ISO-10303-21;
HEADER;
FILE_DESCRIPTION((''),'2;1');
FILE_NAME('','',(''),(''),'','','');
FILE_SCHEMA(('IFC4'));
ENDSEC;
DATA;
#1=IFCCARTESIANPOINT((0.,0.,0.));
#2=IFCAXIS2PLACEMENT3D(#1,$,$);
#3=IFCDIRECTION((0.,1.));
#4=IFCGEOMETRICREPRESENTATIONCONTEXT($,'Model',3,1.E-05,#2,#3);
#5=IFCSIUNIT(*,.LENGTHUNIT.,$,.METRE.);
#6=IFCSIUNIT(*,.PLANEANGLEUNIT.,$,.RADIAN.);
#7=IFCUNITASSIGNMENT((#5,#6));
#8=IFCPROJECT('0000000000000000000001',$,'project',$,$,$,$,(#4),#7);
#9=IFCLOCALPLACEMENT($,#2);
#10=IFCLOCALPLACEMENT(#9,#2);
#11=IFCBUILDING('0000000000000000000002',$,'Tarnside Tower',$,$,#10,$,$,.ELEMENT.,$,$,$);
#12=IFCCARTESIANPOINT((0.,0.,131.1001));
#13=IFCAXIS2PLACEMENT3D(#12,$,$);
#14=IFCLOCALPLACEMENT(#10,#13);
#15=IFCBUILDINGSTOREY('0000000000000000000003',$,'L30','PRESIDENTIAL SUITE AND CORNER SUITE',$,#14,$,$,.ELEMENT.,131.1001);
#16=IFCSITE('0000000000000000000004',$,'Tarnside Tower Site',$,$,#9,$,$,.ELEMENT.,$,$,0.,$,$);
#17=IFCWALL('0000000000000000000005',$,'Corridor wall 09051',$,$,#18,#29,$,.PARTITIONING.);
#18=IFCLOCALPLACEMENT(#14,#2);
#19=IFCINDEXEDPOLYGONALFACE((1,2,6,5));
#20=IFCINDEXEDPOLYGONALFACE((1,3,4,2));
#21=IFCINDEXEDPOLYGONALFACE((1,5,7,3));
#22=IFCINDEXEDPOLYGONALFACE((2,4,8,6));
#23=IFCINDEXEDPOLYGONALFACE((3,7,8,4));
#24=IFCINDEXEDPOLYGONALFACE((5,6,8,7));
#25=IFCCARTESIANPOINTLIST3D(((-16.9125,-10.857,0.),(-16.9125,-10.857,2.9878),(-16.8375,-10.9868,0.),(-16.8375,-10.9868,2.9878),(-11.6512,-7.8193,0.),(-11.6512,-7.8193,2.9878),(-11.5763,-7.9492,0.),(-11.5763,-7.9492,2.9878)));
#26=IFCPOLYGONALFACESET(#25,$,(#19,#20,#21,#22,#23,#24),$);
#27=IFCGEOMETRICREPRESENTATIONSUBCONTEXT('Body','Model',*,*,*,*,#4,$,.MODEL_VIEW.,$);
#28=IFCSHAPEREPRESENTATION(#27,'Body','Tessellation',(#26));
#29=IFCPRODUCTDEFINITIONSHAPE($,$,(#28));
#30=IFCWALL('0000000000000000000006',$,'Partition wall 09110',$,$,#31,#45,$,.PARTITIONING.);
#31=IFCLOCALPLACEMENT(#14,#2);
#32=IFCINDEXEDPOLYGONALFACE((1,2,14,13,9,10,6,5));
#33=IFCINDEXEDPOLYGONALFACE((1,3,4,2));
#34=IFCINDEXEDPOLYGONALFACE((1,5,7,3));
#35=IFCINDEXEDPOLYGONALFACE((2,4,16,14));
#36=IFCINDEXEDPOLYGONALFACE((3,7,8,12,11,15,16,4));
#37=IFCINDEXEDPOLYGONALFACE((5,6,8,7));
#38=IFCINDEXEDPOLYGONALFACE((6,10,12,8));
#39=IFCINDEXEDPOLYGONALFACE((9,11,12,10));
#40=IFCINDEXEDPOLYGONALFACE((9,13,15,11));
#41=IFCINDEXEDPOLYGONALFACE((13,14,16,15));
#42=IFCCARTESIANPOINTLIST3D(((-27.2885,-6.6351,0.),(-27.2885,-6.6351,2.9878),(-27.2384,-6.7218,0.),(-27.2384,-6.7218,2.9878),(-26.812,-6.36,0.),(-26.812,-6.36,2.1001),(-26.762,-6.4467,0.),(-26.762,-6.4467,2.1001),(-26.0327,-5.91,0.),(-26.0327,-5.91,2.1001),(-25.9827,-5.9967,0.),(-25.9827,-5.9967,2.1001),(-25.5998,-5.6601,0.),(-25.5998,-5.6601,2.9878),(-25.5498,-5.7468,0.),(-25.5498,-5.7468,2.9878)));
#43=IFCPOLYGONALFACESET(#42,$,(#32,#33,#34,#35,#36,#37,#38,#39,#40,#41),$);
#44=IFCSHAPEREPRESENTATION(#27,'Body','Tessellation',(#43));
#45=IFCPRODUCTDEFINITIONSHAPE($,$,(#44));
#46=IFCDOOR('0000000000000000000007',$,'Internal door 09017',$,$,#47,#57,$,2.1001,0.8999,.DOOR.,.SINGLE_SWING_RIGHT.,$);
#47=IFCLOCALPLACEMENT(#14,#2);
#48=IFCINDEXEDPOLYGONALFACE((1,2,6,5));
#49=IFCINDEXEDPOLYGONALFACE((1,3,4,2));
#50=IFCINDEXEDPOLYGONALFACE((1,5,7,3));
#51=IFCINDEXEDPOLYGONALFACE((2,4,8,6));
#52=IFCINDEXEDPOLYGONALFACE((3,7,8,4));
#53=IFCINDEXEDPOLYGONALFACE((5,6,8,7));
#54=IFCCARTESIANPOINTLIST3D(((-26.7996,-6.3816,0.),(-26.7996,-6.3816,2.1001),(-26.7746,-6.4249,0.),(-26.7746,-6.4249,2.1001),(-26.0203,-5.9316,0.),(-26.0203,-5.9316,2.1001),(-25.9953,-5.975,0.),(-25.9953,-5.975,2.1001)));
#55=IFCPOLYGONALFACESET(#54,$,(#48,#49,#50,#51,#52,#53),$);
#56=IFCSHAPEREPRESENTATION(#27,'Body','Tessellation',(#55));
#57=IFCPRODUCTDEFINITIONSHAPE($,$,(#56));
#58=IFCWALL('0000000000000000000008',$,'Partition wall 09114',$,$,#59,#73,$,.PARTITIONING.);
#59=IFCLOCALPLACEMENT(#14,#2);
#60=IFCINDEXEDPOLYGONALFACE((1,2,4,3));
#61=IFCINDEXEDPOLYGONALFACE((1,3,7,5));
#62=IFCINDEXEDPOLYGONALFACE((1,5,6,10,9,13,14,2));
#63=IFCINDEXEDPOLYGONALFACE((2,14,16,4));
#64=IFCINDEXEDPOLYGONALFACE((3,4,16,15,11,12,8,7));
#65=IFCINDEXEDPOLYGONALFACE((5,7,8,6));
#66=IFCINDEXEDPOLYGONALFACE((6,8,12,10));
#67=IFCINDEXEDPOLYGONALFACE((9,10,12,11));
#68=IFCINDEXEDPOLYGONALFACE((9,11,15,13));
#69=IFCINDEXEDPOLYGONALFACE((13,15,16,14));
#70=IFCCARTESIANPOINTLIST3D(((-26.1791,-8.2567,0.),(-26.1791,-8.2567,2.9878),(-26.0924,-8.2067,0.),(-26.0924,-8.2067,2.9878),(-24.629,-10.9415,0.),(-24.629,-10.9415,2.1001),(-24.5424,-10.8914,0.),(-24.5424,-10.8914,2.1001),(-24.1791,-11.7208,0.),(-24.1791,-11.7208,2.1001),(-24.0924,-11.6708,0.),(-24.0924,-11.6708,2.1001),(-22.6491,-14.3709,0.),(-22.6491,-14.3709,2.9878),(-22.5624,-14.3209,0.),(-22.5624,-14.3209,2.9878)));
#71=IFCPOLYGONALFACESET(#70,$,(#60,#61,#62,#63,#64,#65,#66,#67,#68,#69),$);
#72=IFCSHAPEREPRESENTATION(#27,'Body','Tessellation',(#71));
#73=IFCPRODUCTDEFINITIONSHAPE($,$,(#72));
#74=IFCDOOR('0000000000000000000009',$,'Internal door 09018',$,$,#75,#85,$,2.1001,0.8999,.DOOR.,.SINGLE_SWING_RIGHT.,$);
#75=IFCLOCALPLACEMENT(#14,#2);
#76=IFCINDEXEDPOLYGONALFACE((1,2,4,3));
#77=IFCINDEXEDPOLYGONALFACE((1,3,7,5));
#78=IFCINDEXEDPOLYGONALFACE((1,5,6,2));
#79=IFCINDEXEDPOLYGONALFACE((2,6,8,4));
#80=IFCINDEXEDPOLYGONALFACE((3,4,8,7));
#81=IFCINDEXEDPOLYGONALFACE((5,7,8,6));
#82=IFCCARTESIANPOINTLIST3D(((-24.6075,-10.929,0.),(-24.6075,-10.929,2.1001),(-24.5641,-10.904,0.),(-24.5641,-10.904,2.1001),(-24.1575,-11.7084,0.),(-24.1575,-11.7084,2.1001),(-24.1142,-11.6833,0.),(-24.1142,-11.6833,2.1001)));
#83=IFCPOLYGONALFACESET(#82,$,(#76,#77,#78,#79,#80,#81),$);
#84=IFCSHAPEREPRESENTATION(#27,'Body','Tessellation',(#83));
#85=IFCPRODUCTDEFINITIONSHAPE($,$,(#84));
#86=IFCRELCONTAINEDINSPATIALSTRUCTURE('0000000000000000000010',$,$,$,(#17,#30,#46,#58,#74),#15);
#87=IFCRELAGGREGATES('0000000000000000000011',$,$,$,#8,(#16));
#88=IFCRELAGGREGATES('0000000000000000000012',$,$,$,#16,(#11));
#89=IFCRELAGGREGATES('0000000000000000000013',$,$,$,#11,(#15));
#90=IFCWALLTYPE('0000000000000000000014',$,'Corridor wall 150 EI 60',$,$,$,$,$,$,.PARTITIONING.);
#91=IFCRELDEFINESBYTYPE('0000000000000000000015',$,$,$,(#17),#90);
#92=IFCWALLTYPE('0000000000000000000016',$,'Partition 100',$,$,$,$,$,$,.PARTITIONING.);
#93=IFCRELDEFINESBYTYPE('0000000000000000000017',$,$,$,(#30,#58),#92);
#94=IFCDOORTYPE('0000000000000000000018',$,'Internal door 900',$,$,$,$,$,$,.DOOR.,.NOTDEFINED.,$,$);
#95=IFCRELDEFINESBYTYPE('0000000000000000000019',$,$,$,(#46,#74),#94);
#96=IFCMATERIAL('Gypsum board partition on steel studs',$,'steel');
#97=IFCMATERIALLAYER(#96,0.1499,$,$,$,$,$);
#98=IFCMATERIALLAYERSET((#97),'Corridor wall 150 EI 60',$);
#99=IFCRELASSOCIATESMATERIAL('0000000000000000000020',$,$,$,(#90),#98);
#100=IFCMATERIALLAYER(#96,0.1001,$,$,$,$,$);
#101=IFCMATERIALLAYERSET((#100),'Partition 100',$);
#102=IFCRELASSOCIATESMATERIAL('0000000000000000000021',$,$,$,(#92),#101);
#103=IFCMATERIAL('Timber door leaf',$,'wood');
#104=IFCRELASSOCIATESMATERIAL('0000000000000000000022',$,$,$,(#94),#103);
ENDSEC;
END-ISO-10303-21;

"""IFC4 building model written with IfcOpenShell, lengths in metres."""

from ifc_helpers import new_model, si_unit, direction, frame, frame_2d, origin, place, context, subcontext, project, spatial, rectangle, extrude, material, layer, layer_set, type_object, element, fill, save


model = new_model("IFC4")

# Units and contexts
model_context = context("Model", 3, precision=1e-05, world=origin(), true_north=direction((0.0, 1.0)))
body_context = subcontext(model_context, "Body", "Model", "MODEL_VIEW")
ifc_project = project(units=[si_unit("LENGTHUNIT", "METRE"), si_unit("PLANEANGLEUNIT", "RADIAN")], contexts=[model_context])

# Site, building, storey
site_placement = place(None, origin())
site = spatial("IfcSite", under=ifc_project, at=site_placement, Name="Tarnside Tower Site", CompositionType="ELEMENT", RefElevation=0.0)
building_placement = place(site_placement, origin())
building = spatial("IfcBuilding", under=site, at=building_placement, Name="Tarnside Tower", CompositionType="ELEMENT")
storey_placement = place(building_placement, frame((0.0, 0.0, 131.1001)))
storey = spatial("IfcBuildingStorey", under=building, at=storey_placement, Name="L30", Description="PRESIDENTIAL SUITE AND CORNER SUITE", CompositionType="ELEMENT", Elevation=131.1001)

# Shared definitions
ifc_material_1 = material(Name="Gypsum board partition on steel studs", Category="steel")

# Shared definitions
ifc_material_2 = material(Name="Timber door leaf", Category="wood")

# Shared definitions
ifc_layer_1 = layer(ifc_material_1, 0.1499)
ifc_layer_set_1 = layer_set([ifc_layer_1], Name="Corridor wall 150 EI 60")
wall_type_1 = type_object("IfcWallType", Name="Corridor wall 150 EI 60", PredefinedType="PARTITIONING", material=ifc_layer_set_1)

# Wall
wall_1_placement = place(storey_placement, frame((-16.875, -10.9219, 0.0), z_axis=(0.0, 0.0, 1.0), x_axis=(0.866024, 0.500003, 0.0)))
element("IfcWall", 1, at=wall_1_placement, inside=storey, type_object=wall_type_1, Name="Corridor wall 09051", PredefinedType="PARTITIONING", context=body_context, shape_type="SweptSolid", body=[
    extrude(rectangle(XDim=6.0752, YDim=0.1499, at=frame_2d((3.0376, 0.0))), origin(), (0.0, 0.0, 1.0), 2.9878),
])

# Walls, openings, doors
ifc_layer_2 = layer(ifc_material_1, 0.1001)
ifc_layer_set_2 = layer_set([ifc_layer_2], Name="Partition 100")
wall_type_2 = type_object("IfcWallType", Name="Partition 100", PredefinedType="PARTITIONING", material=ifc_layer_set_2)
wall_2_placement = place(storey_placement, frame((-25.5747, -5.7034, 0.0), z_axis=(0.0, 0.0, 1.0), x_axis=(-0.866, -0.500044, 0.0)))
wall_2 = element("IfcWall", 2, at=wall_2_placement, inside=storey, type_object=wall_type_2, Name="Partition wall 09110", PredefinedType="PARTITIONING", context=body_context, shape_type="SweptSolid", body=[
    extrude(rectangle(XDim=1.95, YDim=0.1001, at=frame_2d((0.9751, 0.0))), origin(), (0.0, 0.0, 1.0), 2.9878),
])
opening_1_placement = place(wall_2_placement, frame((0.5, 0.0, 0.0)))
opening_1 = element("IfcOpeningElement", 3, at=opening_1_placement, cuts=wall_2, PredefinedType="OPENING", context=body_context, shape_type="SweptSolid", body=[
    extrude(rectangle(XDim=0.8999, YDim=2.1001, at=frame_2d((0.45, 1.05))), frame((0.0, 0.0601, 0.0), z_axis=(0.0, -1.0, 0.0), x_axis=(1.0, 0.0, 0.0)), (0.0, 0.0, 1.0), 0.1201),
])
door_type_1 = type_object("IfcDoorType", Name="Internal door 900", OperationType="NOTDEFINED", PredefinedType="DOOR", material=ifc_material_2)
door_1_placement = place(opening_1_placement, origin())
door_1 = element("IfcDoor", 4, at=door_1_placement, inside=storey, type_object=door_type_1, Name="Internal door 09017", OperationType="SINGLE_SWING_RIGHT", OverallHeight=2.1001, OverallWidth=0.8999, PredefinedType="DOOR", context=body_context, shape_type="SweptSolid", body=[
    extrude(rectangle(XDim=0.8999, YDim=2.1001, at=frame_2d((0.45, 1.05))), frame((0.0, 0.0249, 0.0), z_axis=(0.0, -1.0, 0.0), x_axis=(1.0, 0.0, 0.0)), (0.0, 0.0, 1.0), 0.05),
])
fill(opening_1, door_1)
wall_3_placement = place(storey_placement, frame((-26.1357, -8.2317, 0.0), z_axis=(0.0, 0.0, 1.0), x_axis=(0.499996, -0.866028, 0.0)))
wall_3 = element("IfcWall", 5, at=wall_3_placement, inside=storey, type_object=wall_type_2, Name="Partition wall 09114", PredefinedType="PARTITIONING", context=body_context, shape_type="SweptSolid", body=[
    extrude(rectangle(XDim=7.0601, YDim=0.1001, at=frame_2d((3.53, 0.0))), origin(), (0.0, 0.0, 1.0), 2.9878),
])
opening_2_placement = place(wall_3_placement, frame((3.1001, 0.0, 0.0)))
opening_2 = element("IfcOpeningElement", 6, at=opening_2_placement, cuts=wall_3, PredefinedType="OPENING", context=body_context, shape_type="SweptSolid", body=[
    extrude(rectangle(XDim=0.8999, YDim=2.1001, at=frame_2d((0.45, 1.05))), frame((0.0, 0.0601, 0.0), z_axis=(0.0, -1.0, 0.0), x_axis=(1.0, 0.0, 0.0)), (0.0, 0.0, 1.0), 0.1201),
])
door_2_placement = place(opening_2_placement, origin())
door_2 = element("IfcDoor", 7, at=door_2_placement, inside=storey, type_object=door_type_1, Name="Internal door 09018", OperationType="SINGLE_SWING_RIGHT", OverallHeight=2.1001, OverallWidth=0.8999, PredefinedType="DOOR", context=body_context, shape_type="SweptSolid", body=[
    extrude(rectangle(XDim=0.8999, YDim=2.1001, at=frame_2d((0.45, 1.05))), frame((0.0, 0.0249, 0.0), z_axis=(0.0, -1.0, 0.0), x_axis=(1.0, 0.0, 0.0)), (0.0, 0.0, 1.0), 0.05),
])
fill(opening_2, door_2)

save(model, "model.ifc")
